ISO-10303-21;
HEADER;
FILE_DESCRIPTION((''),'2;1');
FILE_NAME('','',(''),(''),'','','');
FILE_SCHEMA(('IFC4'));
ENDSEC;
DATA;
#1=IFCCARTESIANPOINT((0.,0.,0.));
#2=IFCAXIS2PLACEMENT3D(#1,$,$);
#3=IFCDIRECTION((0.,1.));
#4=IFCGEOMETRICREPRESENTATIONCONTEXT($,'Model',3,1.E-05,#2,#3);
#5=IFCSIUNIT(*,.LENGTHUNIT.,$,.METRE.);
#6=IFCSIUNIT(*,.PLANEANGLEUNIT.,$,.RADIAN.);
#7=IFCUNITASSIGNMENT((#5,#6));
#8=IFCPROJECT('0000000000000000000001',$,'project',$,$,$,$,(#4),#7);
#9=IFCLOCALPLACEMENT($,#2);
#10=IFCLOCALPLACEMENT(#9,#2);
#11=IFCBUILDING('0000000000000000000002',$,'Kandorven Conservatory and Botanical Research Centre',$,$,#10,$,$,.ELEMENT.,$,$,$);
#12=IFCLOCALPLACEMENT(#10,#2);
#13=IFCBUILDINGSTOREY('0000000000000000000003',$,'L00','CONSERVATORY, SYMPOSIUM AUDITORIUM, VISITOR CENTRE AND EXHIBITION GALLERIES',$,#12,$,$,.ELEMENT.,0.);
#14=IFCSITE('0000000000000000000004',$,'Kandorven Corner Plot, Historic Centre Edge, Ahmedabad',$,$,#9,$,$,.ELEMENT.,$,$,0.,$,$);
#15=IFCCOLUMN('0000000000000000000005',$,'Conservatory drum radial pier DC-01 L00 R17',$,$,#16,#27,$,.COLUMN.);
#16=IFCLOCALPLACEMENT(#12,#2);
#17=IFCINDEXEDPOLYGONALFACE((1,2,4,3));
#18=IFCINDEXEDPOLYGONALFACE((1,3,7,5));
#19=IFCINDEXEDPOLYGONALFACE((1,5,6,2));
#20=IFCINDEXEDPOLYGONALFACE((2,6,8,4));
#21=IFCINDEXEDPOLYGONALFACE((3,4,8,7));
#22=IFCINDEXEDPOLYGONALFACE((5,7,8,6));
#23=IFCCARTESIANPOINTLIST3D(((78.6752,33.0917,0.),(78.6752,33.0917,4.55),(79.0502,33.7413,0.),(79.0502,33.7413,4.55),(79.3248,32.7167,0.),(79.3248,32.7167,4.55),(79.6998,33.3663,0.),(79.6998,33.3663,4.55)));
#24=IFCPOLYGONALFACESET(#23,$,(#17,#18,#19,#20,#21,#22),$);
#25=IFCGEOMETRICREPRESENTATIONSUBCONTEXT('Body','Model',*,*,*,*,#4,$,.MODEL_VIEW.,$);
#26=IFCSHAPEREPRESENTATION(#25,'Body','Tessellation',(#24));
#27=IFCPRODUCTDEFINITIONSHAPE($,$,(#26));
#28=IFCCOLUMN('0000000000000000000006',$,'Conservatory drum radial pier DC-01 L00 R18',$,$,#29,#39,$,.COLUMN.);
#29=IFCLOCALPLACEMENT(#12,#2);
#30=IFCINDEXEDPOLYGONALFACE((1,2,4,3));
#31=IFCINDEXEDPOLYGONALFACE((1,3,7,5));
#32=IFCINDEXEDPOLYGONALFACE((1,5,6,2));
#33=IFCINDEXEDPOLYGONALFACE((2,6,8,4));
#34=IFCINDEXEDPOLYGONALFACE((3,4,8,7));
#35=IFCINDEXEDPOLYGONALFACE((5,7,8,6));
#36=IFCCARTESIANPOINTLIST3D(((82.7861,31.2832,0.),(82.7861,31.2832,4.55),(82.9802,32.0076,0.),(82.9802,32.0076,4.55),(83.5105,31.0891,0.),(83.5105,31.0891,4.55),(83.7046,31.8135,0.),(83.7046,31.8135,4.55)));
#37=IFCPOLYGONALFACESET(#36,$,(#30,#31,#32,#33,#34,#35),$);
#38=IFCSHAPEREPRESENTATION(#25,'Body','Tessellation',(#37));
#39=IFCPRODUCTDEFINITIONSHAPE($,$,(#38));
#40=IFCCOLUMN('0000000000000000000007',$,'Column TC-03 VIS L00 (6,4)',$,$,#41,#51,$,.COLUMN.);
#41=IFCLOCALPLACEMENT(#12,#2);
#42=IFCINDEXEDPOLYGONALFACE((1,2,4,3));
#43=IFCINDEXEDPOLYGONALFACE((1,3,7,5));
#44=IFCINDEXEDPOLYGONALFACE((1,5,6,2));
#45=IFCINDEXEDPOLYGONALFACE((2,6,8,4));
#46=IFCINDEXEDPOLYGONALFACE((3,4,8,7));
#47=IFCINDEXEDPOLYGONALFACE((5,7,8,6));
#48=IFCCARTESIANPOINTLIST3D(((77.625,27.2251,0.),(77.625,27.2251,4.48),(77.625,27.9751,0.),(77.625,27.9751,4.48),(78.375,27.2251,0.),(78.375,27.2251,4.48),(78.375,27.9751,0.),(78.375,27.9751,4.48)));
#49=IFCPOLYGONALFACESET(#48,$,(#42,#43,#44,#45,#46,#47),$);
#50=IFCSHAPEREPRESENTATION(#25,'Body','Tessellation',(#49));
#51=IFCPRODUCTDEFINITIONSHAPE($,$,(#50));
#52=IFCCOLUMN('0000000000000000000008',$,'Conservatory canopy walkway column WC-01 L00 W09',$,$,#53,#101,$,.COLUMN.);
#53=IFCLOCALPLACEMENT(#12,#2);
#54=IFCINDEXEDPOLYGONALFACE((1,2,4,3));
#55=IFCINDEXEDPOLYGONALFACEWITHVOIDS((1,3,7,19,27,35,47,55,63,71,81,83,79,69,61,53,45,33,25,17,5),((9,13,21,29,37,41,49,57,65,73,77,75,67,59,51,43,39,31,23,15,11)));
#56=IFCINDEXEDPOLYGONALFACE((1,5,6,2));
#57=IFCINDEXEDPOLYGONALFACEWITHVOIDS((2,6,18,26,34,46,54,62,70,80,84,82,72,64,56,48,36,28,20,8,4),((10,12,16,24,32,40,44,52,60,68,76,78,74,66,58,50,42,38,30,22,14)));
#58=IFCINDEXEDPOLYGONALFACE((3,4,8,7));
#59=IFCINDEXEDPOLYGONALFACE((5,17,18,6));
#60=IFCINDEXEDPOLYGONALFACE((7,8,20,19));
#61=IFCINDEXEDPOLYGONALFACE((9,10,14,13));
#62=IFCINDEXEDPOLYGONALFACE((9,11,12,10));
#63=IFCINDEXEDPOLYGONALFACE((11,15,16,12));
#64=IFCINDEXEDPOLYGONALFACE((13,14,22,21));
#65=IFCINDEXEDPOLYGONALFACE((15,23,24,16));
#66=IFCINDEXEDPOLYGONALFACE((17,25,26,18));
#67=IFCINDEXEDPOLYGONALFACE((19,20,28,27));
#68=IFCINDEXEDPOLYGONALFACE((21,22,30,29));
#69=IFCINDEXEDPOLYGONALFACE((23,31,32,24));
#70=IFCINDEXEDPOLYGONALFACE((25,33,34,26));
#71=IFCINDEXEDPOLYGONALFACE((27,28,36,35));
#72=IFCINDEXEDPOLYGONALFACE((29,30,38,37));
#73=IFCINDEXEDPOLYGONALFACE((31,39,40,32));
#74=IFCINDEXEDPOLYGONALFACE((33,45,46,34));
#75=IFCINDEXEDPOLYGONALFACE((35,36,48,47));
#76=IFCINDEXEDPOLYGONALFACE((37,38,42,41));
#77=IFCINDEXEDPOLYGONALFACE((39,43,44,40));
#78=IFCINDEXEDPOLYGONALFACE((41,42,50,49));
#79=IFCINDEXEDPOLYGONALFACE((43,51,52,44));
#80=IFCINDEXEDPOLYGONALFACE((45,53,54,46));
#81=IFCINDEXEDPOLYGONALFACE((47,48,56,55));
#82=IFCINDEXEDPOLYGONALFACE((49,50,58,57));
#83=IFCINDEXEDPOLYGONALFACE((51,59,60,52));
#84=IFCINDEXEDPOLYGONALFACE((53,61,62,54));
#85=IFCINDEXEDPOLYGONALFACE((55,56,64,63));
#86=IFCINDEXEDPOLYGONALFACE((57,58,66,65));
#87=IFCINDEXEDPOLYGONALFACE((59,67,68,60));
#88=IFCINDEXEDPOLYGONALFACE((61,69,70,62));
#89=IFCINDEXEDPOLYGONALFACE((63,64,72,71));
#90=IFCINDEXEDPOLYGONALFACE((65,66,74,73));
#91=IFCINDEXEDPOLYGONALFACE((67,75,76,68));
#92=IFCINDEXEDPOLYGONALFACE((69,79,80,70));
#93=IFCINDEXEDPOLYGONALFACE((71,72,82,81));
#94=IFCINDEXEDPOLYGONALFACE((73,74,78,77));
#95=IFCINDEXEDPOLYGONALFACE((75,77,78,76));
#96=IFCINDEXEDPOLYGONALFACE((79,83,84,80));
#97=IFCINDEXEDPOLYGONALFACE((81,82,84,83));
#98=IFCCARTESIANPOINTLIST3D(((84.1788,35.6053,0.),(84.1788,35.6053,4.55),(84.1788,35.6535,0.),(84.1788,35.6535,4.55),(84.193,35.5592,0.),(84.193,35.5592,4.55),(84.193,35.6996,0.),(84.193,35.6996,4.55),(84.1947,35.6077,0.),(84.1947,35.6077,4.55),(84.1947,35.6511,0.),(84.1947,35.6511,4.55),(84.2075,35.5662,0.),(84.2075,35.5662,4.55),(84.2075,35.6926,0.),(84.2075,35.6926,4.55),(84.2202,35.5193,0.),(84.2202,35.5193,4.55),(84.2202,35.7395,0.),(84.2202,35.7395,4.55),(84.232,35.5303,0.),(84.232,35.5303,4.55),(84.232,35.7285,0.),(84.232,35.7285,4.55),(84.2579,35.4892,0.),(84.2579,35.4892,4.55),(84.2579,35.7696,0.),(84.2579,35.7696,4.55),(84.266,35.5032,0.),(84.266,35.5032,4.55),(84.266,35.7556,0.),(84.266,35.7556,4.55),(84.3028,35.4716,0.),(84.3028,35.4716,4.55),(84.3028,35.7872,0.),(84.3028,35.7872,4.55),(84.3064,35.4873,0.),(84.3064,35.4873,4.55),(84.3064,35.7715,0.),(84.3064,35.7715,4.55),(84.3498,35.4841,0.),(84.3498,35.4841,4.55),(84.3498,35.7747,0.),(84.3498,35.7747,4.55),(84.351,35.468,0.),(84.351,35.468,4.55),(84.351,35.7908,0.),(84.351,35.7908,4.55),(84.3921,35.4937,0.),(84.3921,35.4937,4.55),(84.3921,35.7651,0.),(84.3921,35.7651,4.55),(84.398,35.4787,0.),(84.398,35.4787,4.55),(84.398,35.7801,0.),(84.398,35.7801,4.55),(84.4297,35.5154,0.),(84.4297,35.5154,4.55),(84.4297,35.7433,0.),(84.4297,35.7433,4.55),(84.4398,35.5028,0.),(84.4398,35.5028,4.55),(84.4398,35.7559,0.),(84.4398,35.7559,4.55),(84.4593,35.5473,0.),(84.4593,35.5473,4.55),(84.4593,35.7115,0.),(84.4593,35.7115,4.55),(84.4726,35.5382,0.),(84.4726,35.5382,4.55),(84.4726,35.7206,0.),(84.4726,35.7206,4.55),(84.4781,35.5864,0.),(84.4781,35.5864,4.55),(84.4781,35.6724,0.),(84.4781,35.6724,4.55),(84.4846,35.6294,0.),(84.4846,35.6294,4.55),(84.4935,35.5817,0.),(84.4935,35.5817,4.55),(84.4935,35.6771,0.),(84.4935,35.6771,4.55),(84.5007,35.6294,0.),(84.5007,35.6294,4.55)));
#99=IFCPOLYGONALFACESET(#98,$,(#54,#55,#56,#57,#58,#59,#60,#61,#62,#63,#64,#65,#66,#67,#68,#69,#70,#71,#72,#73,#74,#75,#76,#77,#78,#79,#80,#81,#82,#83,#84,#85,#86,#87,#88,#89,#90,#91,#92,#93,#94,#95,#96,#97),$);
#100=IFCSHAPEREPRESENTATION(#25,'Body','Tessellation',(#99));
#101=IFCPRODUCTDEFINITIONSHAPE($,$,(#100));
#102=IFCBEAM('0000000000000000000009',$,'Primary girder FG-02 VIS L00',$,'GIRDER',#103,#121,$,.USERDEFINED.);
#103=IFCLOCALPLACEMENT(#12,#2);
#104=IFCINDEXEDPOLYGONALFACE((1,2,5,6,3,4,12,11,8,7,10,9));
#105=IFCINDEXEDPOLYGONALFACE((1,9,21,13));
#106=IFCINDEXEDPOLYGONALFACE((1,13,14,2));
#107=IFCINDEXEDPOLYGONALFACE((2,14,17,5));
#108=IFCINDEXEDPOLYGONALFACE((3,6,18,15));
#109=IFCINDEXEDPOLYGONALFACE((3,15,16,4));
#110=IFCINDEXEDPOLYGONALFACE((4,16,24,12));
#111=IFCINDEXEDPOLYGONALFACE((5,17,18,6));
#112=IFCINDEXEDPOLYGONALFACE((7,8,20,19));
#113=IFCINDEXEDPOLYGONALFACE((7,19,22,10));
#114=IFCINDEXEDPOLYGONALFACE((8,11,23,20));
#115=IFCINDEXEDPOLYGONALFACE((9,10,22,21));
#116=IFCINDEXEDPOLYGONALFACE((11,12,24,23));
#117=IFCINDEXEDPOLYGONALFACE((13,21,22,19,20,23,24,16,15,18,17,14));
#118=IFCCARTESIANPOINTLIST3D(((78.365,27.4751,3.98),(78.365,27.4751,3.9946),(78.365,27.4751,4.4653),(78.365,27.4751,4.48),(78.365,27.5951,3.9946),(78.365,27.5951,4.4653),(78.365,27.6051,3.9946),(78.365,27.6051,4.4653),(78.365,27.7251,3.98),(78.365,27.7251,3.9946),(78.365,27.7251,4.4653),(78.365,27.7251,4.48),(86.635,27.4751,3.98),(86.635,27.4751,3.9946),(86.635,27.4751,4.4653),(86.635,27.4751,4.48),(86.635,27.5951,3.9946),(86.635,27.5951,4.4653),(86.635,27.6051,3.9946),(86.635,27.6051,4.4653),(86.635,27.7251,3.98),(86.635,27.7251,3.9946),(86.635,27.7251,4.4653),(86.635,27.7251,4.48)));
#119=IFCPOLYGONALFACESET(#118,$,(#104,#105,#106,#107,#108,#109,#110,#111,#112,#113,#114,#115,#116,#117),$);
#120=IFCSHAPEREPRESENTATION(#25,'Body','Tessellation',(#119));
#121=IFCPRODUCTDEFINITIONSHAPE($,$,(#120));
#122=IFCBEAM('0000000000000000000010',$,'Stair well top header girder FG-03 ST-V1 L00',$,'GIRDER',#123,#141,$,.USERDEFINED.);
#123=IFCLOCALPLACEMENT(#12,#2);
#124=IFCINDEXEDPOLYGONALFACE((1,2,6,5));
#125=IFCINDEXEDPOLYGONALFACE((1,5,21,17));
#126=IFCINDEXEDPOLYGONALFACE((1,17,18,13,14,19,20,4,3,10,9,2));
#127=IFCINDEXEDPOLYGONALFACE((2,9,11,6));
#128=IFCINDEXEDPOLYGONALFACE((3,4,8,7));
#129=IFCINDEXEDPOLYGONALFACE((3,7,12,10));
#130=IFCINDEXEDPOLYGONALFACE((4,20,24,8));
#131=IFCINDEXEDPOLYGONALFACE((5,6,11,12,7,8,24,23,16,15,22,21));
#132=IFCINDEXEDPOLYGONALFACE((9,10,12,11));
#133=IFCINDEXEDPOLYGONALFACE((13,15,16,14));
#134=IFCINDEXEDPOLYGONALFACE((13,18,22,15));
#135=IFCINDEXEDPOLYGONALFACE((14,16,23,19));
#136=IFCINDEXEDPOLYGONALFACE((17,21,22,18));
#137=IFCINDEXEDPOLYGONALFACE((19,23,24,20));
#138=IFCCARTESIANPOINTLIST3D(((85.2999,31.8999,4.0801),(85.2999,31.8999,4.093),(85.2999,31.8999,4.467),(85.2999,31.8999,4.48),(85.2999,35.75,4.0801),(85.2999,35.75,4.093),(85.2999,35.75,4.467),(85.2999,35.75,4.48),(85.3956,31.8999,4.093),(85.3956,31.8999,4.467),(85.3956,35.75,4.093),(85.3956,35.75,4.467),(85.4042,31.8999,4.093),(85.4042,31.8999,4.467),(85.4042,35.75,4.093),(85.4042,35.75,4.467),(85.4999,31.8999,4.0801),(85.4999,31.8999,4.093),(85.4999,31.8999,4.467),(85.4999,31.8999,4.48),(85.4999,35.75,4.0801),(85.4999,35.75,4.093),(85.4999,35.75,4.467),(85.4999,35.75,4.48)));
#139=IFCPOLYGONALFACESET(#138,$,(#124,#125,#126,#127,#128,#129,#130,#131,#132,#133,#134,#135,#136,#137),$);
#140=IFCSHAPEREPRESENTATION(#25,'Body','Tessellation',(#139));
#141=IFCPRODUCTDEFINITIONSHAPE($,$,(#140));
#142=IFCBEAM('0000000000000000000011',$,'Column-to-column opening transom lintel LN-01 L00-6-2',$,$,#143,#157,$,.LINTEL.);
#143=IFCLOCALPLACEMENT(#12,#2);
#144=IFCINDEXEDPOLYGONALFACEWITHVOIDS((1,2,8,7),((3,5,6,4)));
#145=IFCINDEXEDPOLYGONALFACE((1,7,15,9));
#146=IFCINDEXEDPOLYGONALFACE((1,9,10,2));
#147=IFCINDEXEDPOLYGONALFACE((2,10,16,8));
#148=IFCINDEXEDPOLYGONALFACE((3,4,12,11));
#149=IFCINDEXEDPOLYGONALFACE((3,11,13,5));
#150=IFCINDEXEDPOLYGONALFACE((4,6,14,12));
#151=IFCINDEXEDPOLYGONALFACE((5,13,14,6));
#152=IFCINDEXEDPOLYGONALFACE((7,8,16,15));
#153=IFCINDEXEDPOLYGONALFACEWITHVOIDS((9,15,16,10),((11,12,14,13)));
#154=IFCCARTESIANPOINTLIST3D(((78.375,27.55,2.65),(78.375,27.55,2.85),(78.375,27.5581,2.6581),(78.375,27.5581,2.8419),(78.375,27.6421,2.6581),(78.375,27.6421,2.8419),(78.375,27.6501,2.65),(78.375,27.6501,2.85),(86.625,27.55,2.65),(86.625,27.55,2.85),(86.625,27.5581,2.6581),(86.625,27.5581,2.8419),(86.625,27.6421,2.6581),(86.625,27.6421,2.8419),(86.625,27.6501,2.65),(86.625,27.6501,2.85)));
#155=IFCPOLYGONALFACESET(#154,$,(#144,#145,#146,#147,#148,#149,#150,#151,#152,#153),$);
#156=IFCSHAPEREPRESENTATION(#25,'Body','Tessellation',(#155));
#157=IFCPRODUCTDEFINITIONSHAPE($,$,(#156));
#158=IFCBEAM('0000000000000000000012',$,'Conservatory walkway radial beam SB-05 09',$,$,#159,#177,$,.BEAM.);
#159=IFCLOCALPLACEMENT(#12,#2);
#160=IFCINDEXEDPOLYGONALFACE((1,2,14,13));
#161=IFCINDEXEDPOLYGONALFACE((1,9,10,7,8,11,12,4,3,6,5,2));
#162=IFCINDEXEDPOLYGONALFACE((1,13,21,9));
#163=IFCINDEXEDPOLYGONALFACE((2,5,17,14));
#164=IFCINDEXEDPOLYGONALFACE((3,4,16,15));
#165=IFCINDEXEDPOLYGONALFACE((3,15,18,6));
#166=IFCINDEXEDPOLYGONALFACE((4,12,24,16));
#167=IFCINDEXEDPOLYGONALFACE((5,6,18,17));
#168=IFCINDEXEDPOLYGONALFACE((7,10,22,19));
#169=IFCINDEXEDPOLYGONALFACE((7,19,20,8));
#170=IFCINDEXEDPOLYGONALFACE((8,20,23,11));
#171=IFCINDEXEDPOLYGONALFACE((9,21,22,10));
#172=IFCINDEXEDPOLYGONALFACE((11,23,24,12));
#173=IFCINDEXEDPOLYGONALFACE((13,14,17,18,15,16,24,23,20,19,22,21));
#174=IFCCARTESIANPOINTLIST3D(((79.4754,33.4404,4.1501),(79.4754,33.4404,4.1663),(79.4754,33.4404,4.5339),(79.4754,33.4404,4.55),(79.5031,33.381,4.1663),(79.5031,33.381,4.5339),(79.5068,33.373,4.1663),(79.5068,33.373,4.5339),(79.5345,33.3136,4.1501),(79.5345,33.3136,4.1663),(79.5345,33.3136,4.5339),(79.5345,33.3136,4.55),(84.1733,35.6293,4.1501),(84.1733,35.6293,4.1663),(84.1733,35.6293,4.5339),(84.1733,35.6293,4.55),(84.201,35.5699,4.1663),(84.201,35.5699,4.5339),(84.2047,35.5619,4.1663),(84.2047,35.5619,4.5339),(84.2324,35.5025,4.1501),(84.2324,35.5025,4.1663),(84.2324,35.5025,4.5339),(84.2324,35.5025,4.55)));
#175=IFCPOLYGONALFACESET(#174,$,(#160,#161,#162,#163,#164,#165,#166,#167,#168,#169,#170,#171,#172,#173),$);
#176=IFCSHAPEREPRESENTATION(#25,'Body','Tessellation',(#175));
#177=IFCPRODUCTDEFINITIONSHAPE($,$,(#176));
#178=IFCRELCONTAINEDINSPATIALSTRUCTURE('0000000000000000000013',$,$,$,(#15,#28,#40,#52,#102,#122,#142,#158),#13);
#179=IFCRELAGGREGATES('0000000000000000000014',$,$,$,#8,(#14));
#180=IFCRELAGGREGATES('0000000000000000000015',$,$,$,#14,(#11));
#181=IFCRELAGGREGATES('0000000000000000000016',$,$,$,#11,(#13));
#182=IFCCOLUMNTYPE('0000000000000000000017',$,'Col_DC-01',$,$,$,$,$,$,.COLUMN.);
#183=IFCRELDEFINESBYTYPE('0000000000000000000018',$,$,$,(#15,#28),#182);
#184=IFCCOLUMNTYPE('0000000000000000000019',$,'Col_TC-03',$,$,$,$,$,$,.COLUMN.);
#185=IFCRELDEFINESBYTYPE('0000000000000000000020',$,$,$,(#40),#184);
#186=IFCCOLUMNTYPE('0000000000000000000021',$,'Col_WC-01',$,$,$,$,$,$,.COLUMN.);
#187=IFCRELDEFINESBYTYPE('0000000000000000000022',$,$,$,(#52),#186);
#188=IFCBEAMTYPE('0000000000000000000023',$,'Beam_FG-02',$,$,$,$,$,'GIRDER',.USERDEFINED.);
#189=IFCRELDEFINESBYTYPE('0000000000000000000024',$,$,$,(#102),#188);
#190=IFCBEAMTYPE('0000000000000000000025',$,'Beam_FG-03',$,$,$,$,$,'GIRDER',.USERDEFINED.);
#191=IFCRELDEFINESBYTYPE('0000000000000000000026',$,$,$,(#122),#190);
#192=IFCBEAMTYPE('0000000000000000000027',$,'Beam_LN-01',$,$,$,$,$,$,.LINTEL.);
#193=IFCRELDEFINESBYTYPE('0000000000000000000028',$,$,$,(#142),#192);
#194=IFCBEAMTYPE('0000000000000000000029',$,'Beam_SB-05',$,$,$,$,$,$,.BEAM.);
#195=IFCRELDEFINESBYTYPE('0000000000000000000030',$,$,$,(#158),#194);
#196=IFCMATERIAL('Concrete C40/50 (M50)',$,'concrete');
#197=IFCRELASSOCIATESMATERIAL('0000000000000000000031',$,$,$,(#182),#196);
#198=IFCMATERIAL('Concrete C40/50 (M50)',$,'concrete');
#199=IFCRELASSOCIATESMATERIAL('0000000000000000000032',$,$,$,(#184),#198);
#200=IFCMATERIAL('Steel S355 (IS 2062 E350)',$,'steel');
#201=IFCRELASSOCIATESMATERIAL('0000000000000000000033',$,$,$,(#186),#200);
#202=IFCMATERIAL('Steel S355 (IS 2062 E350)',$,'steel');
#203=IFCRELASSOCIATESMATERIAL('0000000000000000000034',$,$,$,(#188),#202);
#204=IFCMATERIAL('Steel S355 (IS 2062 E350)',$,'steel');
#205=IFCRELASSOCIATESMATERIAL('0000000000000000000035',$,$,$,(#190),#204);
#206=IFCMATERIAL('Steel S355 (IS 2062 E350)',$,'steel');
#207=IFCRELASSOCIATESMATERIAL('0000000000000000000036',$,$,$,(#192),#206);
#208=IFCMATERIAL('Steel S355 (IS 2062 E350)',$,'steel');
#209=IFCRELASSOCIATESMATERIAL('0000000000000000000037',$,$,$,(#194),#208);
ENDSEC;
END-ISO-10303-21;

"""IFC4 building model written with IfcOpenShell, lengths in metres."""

from ifc_helpers import new_model, si_unit, direction, frame, origin, origin_2d, place, context, subcontext, project, spatial, rectangle, hollow_rectangle, hollow_circle, i_section, extrude, material, material_profile, profile_set, type_object, element, save


model = new_model("IFC4")

# Units and contexts
model_context = context("Model", 3, precision=1e-05, world=origin(), true_north=direction((0.0, 1.0)))
body_context = subcontext(model_context, "Body", "Model", "MODEL_VIEW")
ifc_project = project(units=[si_unit("LENGTHUNIT", "METRE"), si_unit("PLANEANGLEUNIT", "RADIAN")], contexts=[model_context])

# Site, building, storey
site_placement = place(None, origin())
site = spatial("IfcSite", under=ifc_project, at=site_placement, Name="Kandorven Corner Plot, Historic Centre Edge, Ahmedabad", CompositionType="ELEMENT", RefElevation=0.0)
building_placement = place(site_placement, origin())
building = spatial("IfcBuilding", under=site, at=building_placement, Name="Kandorven Conservatory and Botanical Research Centre", CompositionType="ELEMENT")
storey_placement = place(building_placement, origin())
storey = spatial("IfcBuildingStorey", under=building, at=storey_placement, Name="L00", Description="CONSERVATORY, SYMPOSIUM AUDITORIUM, VISITOR CENTRE AND EXHIBITION GALLERIES", CompositionType="ELEMENT", Elevation=0.0)

# Columns
ifc_material_1 = material(Name="Concrete C40/50 (M50)", Category="concrete")
ifc_material_profile_1 = material_profile(ifc_material_1, rectangle(XDim=0.75, YDim=0.75, at=origin_2d()))
ifc_profile_set_1 = profile_set([ifc_material_profile_1], Name="Concrete C40/50 (M50)")
column_type_1 = type_object("IfcColumnType", Name="Col_DC-01", PredefinedType="COLUMN", material=ifc_profile_set_1)
for number, where, z_axis, x_axis, name in (
    (1, (79.1875, 33.229, 0.0), (0.0, 0.0, 1.0), (-0.5, -0.866025, 0.0), "Conservatory drum radial pier DC-01 L00 R17"),
    (2, (83.2454, 31.5483, 0.0), (0.0, 0.0, 1.0), (-0.258819, -0.965926, 0.0), "Conservatory drum radial pier DC-01 L00 R18"),
):
    element("IfcColumn", number, at=place(storey_placement, frame(where, z_axis=z_axis, x_axis=x_axis)), inside=storey, type_object=column_type_1, Name=name, PredefinedType="COLUMN", context=body_context, shape_type="SweptSolid", body=[
        extrude(rectangle(XDim=0.75, YDim=0.75, at=origin_2d()), origin(), (0.0, 0.0, 1.0), 4.55),
    ])
ifc_material_2 = material(Name="Concrete C40/50 (M50)", Category="concrete")
ifc_material_profile_2 = material_profile(ifc_material_2, rectangle(XDim=0.75, YDim=0.75, at=origin_2d()))
ifc_profile_set_2 = profile_set([ifc_material_profile_2], Name="Concrete C40/50 (M50)")
column_type_2 = type_object("IfcColumnType", Name="Col_TC-03", PredefinedType="COLUMN", material=ifc_profile_set_2)
column_1_placement = place(storey_placement, frame((78.0, 27.6001, 0.0), z_axis=(0.0, 0.0, 1.0), x_axis=(1.0, 0.0, 0.0)))
element("IfcColumn", 3, at=column_1_placement, inside=storey, type_object=column_type_2, Name="Column TC-03 VIS L00 (6,4)", PredefinedType="COLUMN", context=body_context, shape_type="SweptSolid", body=[
    extrude(rectangle(XDim=0.75, YDim=0.75, at=origin_2d()), origin(), (0.0, 0.0, 1.0), 4.48),
])
ifc_material_3 = material(Name="Steel S355 (IS 2062 E350)", Category="steel")
ifc_material_profile_3 = material_profile(ifc_material_3, hollow_circle(Radius=0.1619, WallThickness=0.0161, at=origin_2d()))
ifc_profile_set_3 = profile_set([ifc_material_profile_3], Name="Steel S355 (IS 2062 E350)")
column_type_3 = type_object("IfcColumnType", Name="Col_WC-01", PredefinedType="COLUMN", material=ifc_profile_set_3)
column_2_placement = place(storey_placement, frame((84.3389, 35.6294, 0.0), z_axis=(0.0, 0.0, 1.0), x_axis=(1.0, 0.0, 0.0)))
element("IfcColumn", 4, at=column_2_placement, inside=storey, type_object=column_type_3, Name="Conservatory canopy walkway column WC-01 L00 W09", PredefinedType="COLUMN", context=body_context, shape_type="SweptSolid", body=[
    extrude(hollow_circle(Radius=0.1619, WallThickness=0.0161, at=origin_2d()), origin(), (0.0, 0.0, 1.0), 4.55),
])

# Beams
ifc_material_4 = material(Name="Steel S355 (IS 2062 E350)", Category="steel")
ifc_material_profile_4 = material_profile(ifc_material_4, i_section(OverallWidth=0.25, OverallDepth=0.5, WebThickness=0.01, FlangeThickness=0.0146, at=origin_2d()))
ifc_profile_set_4 = profile_set([ifc_material_profile_4], Name="Steel S355 (IS 2062 E350)")
beam_type_1 = type_object("IfcBeamType", Name="Beam_FG-02", ElementType="GIRDER", PredefinedType="USERDEFINED", material=ifc_profile_set_4)
beam_1_placement = place(storey_placement, frame((78.365, 27.6001, 4.23), z_axis=(1.0, 0.0, 0.0), x_axis=(0.0, 1.0, 0.0)))
element("IfcBeam", 5, at=beam_1_placement, inside=storey, type_object=beam_type_1, Name="Primary girder FG-02 VIS L00", ObjectType="GIRDER", PredefinedType="USERDEFINED", context=body_context, shape_type="SweptSolid", body=[
    extrude(i_section(OverallWidth=0.25, OverallDepth=0.5, WebThickness=0.01, FlangeThickness=0.0146, at=origin_2d()), origin(), (0.0, 0.0, 1.0), 8.27),
])
ifc_material_5 = material(Name="Steel S355 (IS 2062 E350)", Category="steel")
ifc_material_profile_5 = material_profile(ifc_material_5, i_section(OverallWidth=0.2, OverallDepth=0.3999, WebThickness=0.0085, FlangeThickness=0.0129, at=origin_2d()))
ifc_profile_set_5 = profile_set([ifc_material_profile_5], Name="Steel S355 (IS 2062 E350)")
beam_type_2 = type_object("IfcBeamType", Name="Beam_FG-03", ElementType="GIRDER", PredefinedType="USERDEFINED", material=ifc_profile_set_5)
beam_2_placement = place(storey_placement, frame((85.3999, 31.8999, 4.28), z_axis=(0.0, 1.0, 0.0), x_axis=(-1.0, 0.0, 0.0)))
element("IfcBeam", 6, at=beam_2_placement, inside=storey, type_object=beam_type_2, Name="Stair well top header girder FG-03 ST-V1 L00", ObjectType="GIRDER", PredefinedType="USERDEFINED", context=body_context, shape_type="SweptSolid", body=[
    extrude(i_section(OverallWidth=0.2, OverallDepth=0.3999, WebThickness=0.0085, FlangeThickness=0.0129, at=origin_2d()), origin(), (0.0, 0.0, 1.0), 3.8501),
])
ifc_material_6 = material(Name="Steel S355 (IS 2062 E350)", Category="steel")
ifc_material_profile_6 = material_profile(ifc_material_6, hollow_rectangle(XDim=0.1001, YDim=0.2, WallThickness=0.0081, at=origin_2d()))
ifc_profile_set_6 = profile_set([ifc_material_profile_6], Name="Steel S355 (IS 2062 E350)")
beam_type_3 = type_object("IfcBeamType", Name="Beam_LN-01", PredefinedType="LINTEL", material=ifc_profile_set_6)
beam_3_placement = place(storey_placement, frame((78.375, 27.6001, 2.75), z_axis=(1.0, 0.0, 0.0), x_axis=(0.0, 1.0, 0.0)))
element("IfcBeam", 7, at=beam_3_placement, inside=storey, type_object=beam_type_3, Name="Column-to-column opening transom lintel LN-01 L00-6-2", PredefinedType="LINTEL", context=body_context, shape_type="SweptSolid", body=[
    extrude(hollow_rectangle(XDim=0.1001, YDim=0.2, WallThickness=0.0081, at=origin_2d()), origin(), (0.0, 0.0, 1.0), 8.25),
])
ifc_material_7 = material(Name="Steel S355 (IS 2062 E350)", Category="steel")
ifc_material_profile_7 = material_profile(ifc_material_7, i_section(OverallWidth=0.1399, OverallDepth=0.3999, WebThickness=0.0088, FlangeThickness=0.0161, at=origin_2d()))
ifc_profile_set_7 = profile_set([ifc_material_profile_7], Name="Steel S355 (IS 2062 E350)")
beam_type_4 = type_object("IfcBeamType", Name="Beam_SB-05", PredefinedType="BEAM", material=ifc_profile_set_7)
beam_4_placement = place(storey_placement, frame((84.2029, 35.5659, 4.3501), z_axis=(-0.906437, -0.422341, 0.0), x_axis=(0.422341, -0.906437, 0.0)))
element("IfcBeam", 8, at=beam_4_placement, inside=storey, type_object=beam_type_4, Name="Conservatory walkway radial beam SB-05 09", PredefinedType="BEAM", context=body_context, shape_type="SweptSolid", body=[
    extrude(i_section(OverallWidth=0.1399, OverallDepth=0.3999, WebThickness=0.0088, FlangeThickness=0.0161, at=origin_2d()), origin(), (0.0, 0.0, 1.0), 5.1829),
])

save(model, "model.ifc")
